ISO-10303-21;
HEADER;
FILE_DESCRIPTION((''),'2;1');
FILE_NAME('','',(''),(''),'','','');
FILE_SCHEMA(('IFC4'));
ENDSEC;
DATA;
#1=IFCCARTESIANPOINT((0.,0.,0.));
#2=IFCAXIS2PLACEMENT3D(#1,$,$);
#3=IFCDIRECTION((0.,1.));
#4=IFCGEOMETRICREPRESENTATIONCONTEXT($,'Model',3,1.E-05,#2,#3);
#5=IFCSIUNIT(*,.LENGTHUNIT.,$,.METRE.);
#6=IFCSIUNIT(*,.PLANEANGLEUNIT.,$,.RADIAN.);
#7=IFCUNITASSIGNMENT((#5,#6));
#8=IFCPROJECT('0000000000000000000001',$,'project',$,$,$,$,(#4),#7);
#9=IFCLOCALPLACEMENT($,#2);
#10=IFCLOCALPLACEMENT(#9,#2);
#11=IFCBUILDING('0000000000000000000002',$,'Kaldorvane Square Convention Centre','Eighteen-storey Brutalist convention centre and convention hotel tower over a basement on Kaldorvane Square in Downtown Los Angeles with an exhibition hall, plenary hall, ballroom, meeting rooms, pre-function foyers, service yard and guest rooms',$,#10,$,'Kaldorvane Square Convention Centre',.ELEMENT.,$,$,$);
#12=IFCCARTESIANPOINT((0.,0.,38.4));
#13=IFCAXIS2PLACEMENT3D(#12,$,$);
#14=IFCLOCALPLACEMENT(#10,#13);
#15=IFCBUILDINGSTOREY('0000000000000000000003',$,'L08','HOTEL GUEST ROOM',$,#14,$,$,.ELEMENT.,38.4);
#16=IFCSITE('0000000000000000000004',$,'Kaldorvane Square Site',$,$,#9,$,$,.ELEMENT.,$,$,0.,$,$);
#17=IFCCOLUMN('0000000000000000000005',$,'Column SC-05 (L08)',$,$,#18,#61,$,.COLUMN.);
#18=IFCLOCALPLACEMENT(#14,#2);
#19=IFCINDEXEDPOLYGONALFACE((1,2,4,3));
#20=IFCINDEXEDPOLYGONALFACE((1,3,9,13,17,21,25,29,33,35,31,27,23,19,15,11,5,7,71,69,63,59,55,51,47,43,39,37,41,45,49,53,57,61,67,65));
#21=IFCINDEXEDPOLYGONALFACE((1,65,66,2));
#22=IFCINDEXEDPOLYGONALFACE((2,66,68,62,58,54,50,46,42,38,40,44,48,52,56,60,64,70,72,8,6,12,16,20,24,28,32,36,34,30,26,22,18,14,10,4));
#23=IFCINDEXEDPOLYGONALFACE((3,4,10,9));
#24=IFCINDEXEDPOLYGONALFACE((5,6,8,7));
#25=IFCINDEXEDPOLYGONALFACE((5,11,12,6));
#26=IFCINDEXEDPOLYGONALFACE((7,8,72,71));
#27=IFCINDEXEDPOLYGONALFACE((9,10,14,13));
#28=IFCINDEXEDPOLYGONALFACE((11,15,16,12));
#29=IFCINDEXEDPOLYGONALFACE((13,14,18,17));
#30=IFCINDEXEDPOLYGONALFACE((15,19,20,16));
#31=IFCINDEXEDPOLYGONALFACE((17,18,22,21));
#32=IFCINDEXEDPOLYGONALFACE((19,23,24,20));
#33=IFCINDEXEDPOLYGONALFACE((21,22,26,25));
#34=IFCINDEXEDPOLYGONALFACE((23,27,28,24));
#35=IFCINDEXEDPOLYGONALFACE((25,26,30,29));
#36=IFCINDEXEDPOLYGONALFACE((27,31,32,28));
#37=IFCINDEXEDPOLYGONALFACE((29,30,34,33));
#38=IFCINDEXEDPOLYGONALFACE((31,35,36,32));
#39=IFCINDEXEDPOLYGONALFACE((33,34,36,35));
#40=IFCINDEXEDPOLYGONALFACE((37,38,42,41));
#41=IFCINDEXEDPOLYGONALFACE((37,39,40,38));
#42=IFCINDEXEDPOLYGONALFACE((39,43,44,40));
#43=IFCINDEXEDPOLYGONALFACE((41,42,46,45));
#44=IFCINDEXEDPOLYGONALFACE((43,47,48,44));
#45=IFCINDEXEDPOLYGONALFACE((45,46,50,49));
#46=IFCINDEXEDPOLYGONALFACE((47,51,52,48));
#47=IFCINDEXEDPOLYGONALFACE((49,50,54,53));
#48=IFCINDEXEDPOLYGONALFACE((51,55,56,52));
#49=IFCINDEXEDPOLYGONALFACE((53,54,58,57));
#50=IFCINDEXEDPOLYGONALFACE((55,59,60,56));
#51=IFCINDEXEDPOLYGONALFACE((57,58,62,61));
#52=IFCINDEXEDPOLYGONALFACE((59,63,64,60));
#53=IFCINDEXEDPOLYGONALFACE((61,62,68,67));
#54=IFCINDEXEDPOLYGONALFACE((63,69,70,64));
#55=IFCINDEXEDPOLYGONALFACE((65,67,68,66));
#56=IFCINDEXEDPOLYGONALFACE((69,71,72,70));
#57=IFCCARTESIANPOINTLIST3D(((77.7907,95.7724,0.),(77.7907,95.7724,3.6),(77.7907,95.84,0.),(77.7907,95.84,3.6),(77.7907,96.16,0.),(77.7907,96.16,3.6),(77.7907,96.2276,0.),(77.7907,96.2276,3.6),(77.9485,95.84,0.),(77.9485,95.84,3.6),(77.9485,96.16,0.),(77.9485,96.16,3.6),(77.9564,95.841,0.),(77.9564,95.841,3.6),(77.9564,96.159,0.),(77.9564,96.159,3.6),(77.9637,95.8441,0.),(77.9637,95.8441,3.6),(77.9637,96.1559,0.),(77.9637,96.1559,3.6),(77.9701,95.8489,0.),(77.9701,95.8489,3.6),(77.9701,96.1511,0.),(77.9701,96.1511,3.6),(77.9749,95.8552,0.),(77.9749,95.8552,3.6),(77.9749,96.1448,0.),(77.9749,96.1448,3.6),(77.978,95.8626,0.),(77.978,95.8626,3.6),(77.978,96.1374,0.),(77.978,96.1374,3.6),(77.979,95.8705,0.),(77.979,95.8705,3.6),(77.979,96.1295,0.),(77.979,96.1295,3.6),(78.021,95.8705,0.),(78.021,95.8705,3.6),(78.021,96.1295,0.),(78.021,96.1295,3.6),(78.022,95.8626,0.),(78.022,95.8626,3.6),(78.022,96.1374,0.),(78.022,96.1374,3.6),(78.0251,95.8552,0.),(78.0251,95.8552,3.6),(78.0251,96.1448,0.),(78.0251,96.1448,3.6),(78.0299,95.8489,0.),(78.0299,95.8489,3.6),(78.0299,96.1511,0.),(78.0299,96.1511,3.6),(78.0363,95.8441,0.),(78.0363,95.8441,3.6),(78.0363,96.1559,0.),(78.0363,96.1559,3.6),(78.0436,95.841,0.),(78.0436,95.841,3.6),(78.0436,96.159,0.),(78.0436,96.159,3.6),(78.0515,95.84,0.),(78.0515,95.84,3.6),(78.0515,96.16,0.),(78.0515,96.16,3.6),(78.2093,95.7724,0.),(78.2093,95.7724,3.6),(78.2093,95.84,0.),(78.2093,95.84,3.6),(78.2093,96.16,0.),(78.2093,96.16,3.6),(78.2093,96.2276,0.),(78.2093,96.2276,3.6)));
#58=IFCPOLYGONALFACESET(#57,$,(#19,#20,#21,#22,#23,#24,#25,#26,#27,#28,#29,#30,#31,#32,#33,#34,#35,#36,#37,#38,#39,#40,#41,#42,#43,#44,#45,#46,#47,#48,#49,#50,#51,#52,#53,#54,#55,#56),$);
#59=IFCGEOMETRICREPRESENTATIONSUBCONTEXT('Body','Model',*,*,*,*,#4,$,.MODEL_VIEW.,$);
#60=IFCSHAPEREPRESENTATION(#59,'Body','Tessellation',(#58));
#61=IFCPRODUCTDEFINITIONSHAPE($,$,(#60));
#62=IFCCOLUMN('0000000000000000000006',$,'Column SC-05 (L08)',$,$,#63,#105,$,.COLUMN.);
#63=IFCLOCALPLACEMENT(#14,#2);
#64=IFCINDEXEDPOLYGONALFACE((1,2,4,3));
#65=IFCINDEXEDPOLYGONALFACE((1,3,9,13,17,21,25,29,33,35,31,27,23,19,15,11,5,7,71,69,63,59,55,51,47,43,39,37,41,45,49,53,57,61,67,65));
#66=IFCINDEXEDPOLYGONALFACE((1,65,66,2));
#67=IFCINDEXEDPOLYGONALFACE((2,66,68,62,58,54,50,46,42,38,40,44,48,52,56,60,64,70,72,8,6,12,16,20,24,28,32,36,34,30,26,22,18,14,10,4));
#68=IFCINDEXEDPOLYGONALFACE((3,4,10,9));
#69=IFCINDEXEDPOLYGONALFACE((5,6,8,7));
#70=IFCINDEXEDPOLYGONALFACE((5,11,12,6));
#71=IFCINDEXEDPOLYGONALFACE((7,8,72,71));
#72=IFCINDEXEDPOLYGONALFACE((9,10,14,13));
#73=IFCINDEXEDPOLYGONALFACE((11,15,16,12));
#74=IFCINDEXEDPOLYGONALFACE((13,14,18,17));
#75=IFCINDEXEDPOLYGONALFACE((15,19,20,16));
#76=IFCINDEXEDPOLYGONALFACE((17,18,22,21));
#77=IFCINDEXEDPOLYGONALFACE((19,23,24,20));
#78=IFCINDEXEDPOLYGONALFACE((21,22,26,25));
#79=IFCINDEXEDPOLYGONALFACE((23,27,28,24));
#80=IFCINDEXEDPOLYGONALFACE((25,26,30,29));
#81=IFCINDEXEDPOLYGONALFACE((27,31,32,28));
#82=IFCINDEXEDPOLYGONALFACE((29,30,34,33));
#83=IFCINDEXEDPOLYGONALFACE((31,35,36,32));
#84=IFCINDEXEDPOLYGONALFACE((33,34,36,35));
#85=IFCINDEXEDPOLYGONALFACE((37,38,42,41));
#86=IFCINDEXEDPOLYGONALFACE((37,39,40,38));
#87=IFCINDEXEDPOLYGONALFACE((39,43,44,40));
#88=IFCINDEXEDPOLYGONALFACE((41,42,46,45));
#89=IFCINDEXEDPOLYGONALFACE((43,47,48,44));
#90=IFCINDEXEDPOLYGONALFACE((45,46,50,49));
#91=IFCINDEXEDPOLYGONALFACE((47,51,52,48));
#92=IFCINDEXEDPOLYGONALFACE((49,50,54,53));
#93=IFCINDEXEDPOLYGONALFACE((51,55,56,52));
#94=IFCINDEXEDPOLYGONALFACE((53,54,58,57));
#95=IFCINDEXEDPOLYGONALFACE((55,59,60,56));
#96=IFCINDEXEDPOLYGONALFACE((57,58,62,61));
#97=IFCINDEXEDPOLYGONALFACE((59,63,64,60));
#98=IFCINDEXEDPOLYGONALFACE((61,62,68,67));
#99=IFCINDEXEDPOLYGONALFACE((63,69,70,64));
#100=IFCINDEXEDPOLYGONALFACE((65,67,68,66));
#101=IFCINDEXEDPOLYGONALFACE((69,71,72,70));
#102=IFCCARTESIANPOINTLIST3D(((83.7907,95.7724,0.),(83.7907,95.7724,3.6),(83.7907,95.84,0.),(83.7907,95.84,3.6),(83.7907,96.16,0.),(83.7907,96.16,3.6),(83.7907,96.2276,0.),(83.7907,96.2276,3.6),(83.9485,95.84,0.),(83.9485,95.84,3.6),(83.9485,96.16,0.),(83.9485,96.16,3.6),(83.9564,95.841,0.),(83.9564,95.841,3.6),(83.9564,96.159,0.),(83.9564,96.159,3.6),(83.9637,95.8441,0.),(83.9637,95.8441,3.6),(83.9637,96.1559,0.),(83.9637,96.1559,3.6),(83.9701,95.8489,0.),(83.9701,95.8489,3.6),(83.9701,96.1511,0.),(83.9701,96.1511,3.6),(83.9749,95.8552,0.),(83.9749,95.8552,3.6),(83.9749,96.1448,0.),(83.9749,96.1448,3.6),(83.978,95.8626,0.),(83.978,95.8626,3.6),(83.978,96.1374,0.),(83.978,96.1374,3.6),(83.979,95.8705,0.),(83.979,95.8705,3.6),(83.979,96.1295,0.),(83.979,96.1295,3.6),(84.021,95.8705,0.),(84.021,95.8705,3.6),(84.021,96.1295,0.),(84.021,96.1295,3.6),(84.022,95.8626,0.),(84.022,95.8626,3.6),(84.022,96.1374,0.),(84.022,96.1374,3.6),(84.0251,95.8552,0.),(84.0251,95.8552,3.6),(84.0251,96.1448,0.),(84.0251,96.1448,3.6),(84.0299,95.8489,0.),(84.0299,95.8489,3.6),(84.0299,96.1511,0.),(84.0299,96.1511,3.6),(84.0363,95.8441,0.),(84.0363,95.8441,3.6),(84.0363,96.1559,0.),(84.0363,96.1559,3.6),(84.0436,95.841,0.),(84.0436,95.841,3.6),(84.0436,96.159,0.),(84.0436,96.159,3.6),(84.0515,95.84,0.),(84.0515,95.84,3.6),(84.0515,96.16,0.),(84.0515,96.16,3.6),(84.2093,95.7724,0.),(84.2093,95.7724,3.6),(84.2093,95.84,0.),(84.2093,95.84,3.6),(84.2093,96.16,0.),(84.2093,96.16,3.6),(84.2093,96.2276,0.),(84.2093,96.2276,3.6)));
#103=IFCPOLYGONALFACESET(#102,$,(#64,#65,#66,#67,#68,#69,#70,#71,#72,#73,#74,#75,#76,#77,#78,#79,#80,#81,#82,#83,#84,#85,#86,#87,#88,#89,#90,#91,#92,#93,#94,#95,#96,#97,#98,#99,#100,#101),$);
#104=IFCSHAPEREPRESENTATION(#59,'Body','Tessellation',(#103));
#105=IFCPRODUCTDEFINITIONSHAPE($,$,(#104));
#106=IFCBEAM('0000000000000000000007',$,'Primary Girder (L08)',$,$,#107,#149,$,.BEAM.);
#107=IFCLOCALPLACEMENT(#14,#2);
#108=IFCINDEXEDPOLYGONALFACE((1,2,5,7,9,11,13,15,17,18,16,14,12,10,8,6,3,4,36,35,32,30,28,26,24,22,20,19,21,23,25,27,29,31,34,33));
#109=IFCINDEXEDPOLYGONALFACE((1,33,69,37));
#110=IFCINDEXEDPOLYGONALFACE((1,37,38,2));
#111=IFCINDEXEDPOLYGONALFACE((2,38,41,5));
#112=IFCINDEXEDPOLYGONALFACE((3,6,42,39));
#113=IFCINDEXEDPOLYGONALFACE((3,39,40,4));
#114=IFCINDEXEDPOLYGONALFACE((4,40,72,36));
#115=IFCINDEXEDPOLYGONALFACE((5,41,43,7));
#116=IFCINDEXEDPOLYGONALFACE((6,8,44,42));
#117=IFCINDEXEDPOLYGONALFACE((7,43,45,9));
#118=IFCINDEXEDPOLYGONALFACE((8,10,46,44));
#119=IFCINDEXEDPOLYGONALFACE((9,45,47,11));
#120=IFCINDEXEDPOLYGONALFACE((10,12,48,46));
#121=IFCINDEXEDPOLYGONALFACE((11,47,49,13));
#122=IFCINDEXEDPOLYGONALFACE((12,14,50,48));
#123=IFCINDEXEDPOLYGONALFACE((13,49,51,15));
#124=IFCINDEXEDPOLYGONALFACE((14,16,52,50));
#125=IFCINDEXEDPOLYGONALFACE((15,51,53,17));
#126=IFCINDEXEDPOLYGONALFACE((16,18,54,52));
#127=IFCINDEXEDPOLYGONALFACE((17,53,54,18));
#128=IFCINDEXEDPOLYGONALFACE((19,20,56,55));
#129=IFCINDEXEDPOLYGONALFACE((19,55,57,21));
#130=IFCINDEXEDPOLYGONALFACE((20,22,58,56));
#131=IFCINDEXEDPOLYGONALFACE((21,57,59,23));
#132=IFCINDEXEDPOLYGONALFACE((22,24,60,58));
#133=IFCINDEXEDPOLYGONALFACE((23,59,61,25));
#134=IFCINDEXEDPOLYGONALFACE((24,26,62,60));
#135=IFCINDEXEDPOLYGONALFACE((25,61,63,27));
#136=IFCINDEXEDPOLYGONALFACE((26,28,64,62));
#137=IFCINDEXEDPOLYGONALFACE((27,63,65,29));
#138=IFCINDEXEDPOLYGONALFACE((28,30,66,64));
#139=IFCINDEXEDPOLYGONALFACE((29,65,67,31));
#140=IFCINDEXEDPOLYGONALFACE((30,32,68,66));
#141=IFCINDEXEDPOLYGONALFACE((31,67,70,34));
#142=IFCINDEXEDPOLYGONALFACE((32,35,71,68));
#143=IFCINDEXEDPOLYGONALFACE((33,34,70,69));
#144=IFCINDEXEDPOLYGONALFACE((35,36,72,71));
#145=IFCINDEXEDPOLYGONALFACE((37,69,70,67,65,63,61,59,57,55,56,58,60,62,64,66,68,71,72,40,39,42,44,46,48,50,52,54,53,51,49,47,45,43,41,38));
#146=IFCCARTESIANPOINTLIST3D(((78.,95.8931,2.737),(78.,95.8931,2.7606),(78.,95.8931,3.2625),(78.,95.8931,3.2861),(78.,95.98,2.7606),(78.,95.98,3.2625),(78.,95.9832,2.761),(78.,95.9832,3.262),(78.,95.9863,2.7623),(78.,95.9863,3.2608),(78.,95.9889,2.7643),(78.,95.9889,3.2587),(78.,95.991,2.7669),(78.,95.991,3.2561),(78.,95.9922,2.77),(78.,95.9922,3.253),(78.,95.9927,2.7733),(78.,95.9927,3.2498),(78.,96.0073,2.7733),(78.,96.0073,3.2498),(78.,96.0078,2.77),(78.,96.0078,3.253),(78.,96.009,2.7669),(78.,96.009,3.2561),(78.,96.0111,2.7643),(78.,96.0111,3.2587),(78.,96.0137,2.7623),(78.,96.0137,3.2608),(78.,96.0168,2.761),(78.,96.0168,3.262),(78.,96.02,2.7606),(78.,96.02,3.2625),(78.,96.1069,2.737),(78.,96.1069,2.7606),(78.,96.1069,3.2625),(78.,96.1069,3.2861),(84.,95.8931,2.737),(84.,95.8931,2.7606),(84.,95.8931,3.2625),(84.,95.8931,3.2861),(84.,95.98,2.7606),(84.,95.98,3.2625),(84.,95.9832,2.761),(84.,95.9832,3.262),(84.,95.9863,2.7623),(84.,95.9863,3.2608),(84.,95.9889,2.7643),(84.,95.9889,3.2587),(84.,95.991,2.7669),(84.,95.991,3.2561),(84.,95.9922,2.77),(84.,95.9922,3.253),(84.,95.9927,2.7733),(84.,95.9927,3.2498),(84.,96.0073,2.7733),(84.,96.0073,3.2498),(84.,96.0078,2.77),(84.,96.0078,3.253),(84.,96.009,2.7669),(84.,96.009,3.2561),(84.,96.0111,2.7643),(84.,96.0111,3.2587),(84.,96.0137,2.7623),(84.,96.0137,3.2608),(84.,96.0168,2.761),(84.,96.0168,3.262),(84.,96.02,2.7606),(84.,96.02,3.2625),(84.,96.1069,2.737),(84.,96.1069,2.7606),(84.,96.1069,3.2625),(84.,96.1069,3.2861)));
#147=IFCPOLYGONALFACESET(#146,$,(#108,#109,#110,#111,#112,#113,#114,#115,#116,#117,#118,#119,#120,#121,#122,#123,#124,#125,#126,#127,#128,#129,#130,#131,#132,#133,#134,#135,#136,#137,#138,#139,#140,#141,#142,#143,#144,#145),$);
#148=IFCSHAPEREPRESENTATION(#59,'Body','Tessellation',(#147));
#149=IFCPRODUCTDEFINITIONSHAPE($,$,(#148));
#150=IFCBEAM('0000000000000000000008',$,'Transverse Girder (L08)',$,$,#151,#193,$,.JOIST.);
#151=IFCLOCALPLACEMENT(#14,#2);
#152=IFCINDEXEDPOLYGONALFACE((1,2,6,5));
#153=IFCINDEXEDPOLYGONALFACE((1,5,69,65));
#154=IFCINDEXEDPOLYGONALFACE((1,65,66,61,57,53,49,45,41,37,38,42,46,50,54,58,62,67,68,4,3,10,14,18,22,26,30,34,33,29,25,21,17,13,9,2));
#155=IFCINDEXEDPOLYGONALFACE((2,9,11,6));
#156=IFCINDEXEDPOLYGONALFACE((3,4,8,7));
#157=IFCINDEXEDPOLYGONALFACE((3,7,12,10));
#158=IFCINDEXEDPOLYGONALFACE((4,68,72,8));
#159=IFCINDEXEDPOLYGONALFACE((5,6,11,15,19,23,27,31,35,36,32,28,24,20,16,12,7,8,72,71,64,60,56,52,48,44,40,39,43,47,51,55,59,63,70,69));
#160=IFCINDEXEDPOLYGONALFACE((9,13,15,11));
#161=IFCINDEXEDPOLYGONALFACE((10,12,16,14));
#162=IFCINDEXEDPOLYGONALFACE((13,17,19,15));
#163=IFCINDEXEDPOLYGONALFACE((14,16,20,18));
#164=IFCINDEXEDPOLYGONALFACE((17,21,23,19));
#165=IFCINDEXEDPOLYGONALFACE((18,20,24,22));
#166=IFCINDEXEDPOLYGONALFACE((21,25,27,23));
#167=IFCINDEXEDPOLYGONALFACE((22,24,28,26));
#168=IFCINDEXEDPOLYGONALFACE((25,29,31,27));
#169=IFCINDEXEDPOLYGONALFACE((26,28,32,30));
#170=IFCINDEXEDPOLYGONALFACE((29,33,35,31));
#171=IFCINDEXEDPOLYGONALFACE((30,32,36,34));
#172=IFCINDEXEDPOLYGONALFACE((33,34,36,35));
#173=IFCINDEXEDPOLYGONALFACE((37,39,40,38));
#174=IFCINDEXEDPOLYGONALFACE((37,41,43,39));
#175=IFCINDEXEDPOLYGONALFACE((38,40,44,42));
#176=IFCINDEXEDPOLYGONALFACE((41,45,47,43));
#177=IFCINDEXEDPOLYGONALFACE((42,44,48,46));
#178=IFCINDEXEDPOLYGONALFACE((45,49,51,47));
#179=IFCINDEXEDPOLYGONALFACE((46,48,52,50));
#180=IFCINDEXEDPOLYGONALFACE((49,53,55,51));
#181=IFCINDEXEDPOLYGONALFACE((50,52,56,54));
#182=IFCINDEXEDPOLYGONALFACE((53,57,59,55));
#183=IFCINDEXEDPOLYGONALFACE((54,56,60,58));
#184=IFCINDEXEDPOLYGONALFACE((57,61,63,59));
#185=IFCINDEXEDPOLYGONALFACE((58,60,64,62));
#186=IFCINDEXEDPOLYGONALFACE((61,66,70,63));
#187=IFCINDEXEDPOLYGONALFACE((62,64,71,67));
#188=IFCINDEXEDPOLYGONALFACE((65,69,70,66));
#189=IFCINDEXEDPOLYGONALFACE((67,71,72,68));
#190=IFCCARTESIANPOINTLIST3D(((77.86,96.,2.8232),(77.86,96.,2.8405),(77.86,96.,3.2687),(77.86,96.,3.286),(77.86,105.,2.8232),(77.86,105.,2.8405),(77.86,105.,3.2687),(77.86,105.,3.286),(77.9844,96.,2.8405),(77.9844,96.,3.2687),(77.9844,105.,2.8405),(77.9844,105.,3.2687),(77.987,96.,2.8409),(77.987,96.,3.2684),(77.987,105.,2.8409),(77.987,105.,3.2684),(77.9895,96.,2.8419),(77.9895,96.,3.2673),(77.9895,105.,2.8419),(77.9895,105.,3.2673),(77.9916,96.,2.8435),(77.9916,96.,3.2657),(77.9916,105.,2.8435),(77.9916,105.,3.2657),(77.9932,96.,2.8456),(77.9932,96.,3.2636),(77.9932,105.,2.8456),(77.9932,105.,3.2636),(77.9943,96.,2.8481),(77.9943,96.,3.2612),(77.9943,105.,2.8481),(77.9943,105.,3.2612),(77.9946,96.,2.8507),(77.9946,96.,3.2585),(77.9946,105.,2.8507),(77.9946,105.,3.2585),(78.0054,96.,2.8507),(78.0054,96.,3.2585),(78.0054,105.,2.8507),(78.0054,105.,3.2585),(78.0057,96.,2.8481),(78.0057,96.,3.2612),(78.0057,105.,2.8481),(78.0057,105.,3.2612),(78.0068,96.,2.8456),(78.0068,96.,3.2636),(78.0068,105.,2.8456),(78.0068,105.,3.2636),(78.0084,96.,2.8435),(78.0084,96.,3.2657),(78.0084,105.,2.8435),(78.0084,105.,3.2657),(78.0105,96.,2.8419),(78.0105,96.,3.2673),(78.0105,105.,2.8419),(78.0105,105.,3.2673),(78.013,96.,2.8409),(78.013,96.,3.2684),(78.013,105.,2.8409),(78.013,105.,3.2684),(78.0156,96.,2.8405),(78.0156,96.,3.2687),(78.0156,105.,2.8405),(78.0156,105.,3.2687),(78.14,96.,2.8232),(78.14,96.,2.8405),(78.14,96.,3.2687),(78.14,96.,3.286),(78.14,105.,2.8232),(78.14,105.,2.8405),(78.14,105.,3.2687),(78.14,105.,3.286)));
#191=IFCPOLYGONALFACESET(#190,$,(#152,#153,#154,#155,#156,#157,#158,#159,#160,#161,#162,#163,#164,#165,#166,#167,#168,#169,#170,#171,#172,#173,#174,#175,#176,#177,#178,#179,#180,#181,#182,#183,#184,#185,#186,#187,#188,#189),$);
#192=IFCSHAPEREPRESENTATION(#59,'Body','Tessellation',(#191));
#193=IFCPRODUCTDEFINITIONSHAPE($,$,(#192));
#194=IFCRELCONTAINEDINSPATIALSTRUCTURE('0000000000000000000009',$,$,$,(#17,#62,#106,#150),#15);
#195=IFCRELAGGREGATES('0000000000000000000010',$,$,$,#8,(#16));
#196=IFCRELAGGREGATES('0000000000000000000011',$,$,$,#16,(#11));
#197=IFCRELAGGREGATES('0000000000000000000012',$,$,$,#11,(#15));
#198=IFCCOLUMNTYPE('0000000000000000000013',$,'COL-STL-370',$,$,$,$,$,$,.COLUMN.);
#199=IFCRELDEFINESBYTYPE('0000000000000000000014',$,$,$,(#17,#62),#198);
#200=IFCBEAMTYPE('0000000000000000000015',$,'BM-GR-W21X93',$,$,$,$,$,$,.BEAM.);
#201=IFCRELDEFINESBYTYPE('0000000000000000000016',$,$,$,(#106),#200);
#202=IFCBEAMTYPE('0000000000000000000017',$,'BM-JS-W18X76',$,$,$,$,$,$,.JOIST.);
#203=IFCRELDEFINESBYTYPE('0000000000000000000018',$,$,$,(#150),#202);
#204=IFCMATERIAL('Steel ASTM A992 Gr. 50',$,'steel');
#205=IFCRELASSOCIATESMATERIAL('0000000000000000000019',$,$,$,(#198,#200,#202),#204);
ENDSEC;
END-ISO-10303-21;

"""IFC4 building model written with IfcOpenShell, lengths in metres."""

from ifc_helpers import new_model, si_unit, direction, frame, origin, origin_2d, place, context, subcontext, project, spatial, i_section, extrude, material, material_profile, profile_set, type_object, element, save


model = new_model("IFC4")

# Units and contexts
model_context = context("Model", 3, precision=1e-05, world=origin(), true_north=direction((0.0, 1.0)))
body_context = subcontext(model_context, "Body", "Model", "MODEL_VIEW")
ifc_project = project(units=[si_unit("LENGTHUNIT", "METRE"), si_unit("PLANEANGLEUNIT", "RADIAN")], contexts=[model_context])

# Site, building, storey
site_placement = place(None, origin())
site = spatial("IfcSite", under=ifc_project, at=site_placement, Name="Kaldorvane Square Site", CompositionType="ELEMENT", RefElevation=0.0)
building_placement = place(site_placement, origin())
building = spatial("IfcBuilding", under=site, at=building_placement, Name="Kaldorvane Square Convention Centre", Description="Eighteen-storey Brutalist convention centre and convention hotel tower over a basement on Kaldorvane Square in Downtown Los Angeles with an exhibition hall, plenary hall, ballroom, meeting rooms, pre-function foyers, service yard and guest rooms", LongName="Kaldorvane Square Convention Centre", CompositionType="ELEMENT")
storey_placement = place(building_placement, frame((0.0, 0.0, 38.4)))
storey = spatial("IfcBuildingStorey", under=building, at=storey_placement, Name="L08", Description="HOTEL GUEST ROOM", CompositionType="ELEMENT", Elevation=38.4)

# Columns
ifc_material_1 = material(Name="Steel ASTM A992 Gr. 50", Category="steel")
ifc_material_profile_1 = material_profile(ifc_material_1, i_section(OverallWidth=0.4185, OverallDepth=0.4552, WebThickness=0.042, FlangeThickness=0.0676, FilletRadius=0.0305, at=origin_2d()), Name="W14X370")
ifc_profile_set_1 = profile_set([ifc_material_profile_1], Name="Steel ASTM A992 Gr. 50")
column_type = type_object("IfcColumnType", Name="COL-STL-370", PredefinedType="COLUMN", material=ifc_profile_set_1)
for number, where, z_axis, x_axis, name in (
    (1, (78.0, 96.0, 0.0), (0.0, 0.0, 1.0), (1.0, 0.0, 0.0), "Column SC-05 (L08)"),
    (2, (84.0, 96.0, 0.0), (0.0, 0.0, 1.0), (1.0, 0.0, 0.0), "Column SC-05 (L08)"),
):
    element("IfcColumn", number, at=place(storey_placement, frame(where, z_axis=z_axis, x_axis=x_axis)), inside=storey, type_object=column_type, Name=name, PredefinedType="COLUMN", context=body_context, shape_type="SweptSolid", body=[
        extrude(i_section(OverallWidth=0.4185, OverallDepth=0.4552, WebThickness=0.042, FlangeThickness=0.0676, FilletRadius=0.0305, at=origin_2d()), origin(), (0.0, 0.0, 1.0), 3.6),
    ])

# Beams
ifc_material_profile_2 = material_profile(ifc_material_1, i_section(OverallWidth=0.2139, OverallDepth=0.5491, WebThickness=0.0147, FlangeThickness=0.0236, FilletRadius=0.0127, at=origin_2d()), Name="W21X93")
ifc_profile_set_2 = profile_set([ifc_material_profile_2], Name="Steel ASTM A992 Gr. 50")
beam_type_1 = type_object("IfcBeamType", Name="BM-GR-W21X93", PredefinedType="BEAM", material=ifc_profile_set_2)
beam_1_placement = place(storey_placement, frame((78.0, 96.0, 3.0115), z_axis=(1.0, 0.0, 0.0), x_axis=(0.0, 1.0, 0.0)))
element("IfcBeam", 3, at=beam_1_placement, inside=storey, type_object=beam_type_1, Name="Primary Girder (L08)", PredefinedType="BEAM", context=body_context, shape_type="SweptSolid", body=[
    extrude(i_section(OverallWidth=0.2139, OverallDepth=0.5491, WebThickness=0.0147, FlangeThickness=0.0236, FilletRadius=0.0127, at=origin_2d()), origin(), (0.0, 0.0, 1.0), 6.0),
])
ifc_material_profile_3 = material_profile(ifc_material_1, i_section(OverallWidth=0.2799, OverallDepth=0.4628, WebThickness=0.0108, FlangeThickness=0.0173, FilletRadius=0.0102, at=origin_2d()), Name="W18X76")
ifc_profile_set_3 = profile_set([ifc_material_profile_3], Name="Steel ASTM A992 Gr. 50")
beam_type_2 = type_object("IfcBeamType", Name="BM-JS-W18X76", PredefinedType="JOIST", material=ifc_profile_set_3)
beam_2_placement = place(storey_placement, frame((78.0, 96.0, 3.0546), z_axis=(0.0, 1.0, 0.0), x_axis=(-1.0, 0.0, 0.0)))
element("IfcBeam", 4, at=beam_2_placement, inside=storey, type_object=beam_type_2, Name="Transverse Girder (L08)", PredefinedType="JOIST", context=body_context, shape_type="SweptSolid", body=[
    extrude(i_section(OverallWidth=0.2799, OverallDepth=0.4628, WebThickness=0.0108, FlangeThickness=0.0173, FilletRadius=0.0102, at=origin_2d()), origin(), (0.0, 0.0, 1.0), 9.0),
])

save(model, "model.ifc")
